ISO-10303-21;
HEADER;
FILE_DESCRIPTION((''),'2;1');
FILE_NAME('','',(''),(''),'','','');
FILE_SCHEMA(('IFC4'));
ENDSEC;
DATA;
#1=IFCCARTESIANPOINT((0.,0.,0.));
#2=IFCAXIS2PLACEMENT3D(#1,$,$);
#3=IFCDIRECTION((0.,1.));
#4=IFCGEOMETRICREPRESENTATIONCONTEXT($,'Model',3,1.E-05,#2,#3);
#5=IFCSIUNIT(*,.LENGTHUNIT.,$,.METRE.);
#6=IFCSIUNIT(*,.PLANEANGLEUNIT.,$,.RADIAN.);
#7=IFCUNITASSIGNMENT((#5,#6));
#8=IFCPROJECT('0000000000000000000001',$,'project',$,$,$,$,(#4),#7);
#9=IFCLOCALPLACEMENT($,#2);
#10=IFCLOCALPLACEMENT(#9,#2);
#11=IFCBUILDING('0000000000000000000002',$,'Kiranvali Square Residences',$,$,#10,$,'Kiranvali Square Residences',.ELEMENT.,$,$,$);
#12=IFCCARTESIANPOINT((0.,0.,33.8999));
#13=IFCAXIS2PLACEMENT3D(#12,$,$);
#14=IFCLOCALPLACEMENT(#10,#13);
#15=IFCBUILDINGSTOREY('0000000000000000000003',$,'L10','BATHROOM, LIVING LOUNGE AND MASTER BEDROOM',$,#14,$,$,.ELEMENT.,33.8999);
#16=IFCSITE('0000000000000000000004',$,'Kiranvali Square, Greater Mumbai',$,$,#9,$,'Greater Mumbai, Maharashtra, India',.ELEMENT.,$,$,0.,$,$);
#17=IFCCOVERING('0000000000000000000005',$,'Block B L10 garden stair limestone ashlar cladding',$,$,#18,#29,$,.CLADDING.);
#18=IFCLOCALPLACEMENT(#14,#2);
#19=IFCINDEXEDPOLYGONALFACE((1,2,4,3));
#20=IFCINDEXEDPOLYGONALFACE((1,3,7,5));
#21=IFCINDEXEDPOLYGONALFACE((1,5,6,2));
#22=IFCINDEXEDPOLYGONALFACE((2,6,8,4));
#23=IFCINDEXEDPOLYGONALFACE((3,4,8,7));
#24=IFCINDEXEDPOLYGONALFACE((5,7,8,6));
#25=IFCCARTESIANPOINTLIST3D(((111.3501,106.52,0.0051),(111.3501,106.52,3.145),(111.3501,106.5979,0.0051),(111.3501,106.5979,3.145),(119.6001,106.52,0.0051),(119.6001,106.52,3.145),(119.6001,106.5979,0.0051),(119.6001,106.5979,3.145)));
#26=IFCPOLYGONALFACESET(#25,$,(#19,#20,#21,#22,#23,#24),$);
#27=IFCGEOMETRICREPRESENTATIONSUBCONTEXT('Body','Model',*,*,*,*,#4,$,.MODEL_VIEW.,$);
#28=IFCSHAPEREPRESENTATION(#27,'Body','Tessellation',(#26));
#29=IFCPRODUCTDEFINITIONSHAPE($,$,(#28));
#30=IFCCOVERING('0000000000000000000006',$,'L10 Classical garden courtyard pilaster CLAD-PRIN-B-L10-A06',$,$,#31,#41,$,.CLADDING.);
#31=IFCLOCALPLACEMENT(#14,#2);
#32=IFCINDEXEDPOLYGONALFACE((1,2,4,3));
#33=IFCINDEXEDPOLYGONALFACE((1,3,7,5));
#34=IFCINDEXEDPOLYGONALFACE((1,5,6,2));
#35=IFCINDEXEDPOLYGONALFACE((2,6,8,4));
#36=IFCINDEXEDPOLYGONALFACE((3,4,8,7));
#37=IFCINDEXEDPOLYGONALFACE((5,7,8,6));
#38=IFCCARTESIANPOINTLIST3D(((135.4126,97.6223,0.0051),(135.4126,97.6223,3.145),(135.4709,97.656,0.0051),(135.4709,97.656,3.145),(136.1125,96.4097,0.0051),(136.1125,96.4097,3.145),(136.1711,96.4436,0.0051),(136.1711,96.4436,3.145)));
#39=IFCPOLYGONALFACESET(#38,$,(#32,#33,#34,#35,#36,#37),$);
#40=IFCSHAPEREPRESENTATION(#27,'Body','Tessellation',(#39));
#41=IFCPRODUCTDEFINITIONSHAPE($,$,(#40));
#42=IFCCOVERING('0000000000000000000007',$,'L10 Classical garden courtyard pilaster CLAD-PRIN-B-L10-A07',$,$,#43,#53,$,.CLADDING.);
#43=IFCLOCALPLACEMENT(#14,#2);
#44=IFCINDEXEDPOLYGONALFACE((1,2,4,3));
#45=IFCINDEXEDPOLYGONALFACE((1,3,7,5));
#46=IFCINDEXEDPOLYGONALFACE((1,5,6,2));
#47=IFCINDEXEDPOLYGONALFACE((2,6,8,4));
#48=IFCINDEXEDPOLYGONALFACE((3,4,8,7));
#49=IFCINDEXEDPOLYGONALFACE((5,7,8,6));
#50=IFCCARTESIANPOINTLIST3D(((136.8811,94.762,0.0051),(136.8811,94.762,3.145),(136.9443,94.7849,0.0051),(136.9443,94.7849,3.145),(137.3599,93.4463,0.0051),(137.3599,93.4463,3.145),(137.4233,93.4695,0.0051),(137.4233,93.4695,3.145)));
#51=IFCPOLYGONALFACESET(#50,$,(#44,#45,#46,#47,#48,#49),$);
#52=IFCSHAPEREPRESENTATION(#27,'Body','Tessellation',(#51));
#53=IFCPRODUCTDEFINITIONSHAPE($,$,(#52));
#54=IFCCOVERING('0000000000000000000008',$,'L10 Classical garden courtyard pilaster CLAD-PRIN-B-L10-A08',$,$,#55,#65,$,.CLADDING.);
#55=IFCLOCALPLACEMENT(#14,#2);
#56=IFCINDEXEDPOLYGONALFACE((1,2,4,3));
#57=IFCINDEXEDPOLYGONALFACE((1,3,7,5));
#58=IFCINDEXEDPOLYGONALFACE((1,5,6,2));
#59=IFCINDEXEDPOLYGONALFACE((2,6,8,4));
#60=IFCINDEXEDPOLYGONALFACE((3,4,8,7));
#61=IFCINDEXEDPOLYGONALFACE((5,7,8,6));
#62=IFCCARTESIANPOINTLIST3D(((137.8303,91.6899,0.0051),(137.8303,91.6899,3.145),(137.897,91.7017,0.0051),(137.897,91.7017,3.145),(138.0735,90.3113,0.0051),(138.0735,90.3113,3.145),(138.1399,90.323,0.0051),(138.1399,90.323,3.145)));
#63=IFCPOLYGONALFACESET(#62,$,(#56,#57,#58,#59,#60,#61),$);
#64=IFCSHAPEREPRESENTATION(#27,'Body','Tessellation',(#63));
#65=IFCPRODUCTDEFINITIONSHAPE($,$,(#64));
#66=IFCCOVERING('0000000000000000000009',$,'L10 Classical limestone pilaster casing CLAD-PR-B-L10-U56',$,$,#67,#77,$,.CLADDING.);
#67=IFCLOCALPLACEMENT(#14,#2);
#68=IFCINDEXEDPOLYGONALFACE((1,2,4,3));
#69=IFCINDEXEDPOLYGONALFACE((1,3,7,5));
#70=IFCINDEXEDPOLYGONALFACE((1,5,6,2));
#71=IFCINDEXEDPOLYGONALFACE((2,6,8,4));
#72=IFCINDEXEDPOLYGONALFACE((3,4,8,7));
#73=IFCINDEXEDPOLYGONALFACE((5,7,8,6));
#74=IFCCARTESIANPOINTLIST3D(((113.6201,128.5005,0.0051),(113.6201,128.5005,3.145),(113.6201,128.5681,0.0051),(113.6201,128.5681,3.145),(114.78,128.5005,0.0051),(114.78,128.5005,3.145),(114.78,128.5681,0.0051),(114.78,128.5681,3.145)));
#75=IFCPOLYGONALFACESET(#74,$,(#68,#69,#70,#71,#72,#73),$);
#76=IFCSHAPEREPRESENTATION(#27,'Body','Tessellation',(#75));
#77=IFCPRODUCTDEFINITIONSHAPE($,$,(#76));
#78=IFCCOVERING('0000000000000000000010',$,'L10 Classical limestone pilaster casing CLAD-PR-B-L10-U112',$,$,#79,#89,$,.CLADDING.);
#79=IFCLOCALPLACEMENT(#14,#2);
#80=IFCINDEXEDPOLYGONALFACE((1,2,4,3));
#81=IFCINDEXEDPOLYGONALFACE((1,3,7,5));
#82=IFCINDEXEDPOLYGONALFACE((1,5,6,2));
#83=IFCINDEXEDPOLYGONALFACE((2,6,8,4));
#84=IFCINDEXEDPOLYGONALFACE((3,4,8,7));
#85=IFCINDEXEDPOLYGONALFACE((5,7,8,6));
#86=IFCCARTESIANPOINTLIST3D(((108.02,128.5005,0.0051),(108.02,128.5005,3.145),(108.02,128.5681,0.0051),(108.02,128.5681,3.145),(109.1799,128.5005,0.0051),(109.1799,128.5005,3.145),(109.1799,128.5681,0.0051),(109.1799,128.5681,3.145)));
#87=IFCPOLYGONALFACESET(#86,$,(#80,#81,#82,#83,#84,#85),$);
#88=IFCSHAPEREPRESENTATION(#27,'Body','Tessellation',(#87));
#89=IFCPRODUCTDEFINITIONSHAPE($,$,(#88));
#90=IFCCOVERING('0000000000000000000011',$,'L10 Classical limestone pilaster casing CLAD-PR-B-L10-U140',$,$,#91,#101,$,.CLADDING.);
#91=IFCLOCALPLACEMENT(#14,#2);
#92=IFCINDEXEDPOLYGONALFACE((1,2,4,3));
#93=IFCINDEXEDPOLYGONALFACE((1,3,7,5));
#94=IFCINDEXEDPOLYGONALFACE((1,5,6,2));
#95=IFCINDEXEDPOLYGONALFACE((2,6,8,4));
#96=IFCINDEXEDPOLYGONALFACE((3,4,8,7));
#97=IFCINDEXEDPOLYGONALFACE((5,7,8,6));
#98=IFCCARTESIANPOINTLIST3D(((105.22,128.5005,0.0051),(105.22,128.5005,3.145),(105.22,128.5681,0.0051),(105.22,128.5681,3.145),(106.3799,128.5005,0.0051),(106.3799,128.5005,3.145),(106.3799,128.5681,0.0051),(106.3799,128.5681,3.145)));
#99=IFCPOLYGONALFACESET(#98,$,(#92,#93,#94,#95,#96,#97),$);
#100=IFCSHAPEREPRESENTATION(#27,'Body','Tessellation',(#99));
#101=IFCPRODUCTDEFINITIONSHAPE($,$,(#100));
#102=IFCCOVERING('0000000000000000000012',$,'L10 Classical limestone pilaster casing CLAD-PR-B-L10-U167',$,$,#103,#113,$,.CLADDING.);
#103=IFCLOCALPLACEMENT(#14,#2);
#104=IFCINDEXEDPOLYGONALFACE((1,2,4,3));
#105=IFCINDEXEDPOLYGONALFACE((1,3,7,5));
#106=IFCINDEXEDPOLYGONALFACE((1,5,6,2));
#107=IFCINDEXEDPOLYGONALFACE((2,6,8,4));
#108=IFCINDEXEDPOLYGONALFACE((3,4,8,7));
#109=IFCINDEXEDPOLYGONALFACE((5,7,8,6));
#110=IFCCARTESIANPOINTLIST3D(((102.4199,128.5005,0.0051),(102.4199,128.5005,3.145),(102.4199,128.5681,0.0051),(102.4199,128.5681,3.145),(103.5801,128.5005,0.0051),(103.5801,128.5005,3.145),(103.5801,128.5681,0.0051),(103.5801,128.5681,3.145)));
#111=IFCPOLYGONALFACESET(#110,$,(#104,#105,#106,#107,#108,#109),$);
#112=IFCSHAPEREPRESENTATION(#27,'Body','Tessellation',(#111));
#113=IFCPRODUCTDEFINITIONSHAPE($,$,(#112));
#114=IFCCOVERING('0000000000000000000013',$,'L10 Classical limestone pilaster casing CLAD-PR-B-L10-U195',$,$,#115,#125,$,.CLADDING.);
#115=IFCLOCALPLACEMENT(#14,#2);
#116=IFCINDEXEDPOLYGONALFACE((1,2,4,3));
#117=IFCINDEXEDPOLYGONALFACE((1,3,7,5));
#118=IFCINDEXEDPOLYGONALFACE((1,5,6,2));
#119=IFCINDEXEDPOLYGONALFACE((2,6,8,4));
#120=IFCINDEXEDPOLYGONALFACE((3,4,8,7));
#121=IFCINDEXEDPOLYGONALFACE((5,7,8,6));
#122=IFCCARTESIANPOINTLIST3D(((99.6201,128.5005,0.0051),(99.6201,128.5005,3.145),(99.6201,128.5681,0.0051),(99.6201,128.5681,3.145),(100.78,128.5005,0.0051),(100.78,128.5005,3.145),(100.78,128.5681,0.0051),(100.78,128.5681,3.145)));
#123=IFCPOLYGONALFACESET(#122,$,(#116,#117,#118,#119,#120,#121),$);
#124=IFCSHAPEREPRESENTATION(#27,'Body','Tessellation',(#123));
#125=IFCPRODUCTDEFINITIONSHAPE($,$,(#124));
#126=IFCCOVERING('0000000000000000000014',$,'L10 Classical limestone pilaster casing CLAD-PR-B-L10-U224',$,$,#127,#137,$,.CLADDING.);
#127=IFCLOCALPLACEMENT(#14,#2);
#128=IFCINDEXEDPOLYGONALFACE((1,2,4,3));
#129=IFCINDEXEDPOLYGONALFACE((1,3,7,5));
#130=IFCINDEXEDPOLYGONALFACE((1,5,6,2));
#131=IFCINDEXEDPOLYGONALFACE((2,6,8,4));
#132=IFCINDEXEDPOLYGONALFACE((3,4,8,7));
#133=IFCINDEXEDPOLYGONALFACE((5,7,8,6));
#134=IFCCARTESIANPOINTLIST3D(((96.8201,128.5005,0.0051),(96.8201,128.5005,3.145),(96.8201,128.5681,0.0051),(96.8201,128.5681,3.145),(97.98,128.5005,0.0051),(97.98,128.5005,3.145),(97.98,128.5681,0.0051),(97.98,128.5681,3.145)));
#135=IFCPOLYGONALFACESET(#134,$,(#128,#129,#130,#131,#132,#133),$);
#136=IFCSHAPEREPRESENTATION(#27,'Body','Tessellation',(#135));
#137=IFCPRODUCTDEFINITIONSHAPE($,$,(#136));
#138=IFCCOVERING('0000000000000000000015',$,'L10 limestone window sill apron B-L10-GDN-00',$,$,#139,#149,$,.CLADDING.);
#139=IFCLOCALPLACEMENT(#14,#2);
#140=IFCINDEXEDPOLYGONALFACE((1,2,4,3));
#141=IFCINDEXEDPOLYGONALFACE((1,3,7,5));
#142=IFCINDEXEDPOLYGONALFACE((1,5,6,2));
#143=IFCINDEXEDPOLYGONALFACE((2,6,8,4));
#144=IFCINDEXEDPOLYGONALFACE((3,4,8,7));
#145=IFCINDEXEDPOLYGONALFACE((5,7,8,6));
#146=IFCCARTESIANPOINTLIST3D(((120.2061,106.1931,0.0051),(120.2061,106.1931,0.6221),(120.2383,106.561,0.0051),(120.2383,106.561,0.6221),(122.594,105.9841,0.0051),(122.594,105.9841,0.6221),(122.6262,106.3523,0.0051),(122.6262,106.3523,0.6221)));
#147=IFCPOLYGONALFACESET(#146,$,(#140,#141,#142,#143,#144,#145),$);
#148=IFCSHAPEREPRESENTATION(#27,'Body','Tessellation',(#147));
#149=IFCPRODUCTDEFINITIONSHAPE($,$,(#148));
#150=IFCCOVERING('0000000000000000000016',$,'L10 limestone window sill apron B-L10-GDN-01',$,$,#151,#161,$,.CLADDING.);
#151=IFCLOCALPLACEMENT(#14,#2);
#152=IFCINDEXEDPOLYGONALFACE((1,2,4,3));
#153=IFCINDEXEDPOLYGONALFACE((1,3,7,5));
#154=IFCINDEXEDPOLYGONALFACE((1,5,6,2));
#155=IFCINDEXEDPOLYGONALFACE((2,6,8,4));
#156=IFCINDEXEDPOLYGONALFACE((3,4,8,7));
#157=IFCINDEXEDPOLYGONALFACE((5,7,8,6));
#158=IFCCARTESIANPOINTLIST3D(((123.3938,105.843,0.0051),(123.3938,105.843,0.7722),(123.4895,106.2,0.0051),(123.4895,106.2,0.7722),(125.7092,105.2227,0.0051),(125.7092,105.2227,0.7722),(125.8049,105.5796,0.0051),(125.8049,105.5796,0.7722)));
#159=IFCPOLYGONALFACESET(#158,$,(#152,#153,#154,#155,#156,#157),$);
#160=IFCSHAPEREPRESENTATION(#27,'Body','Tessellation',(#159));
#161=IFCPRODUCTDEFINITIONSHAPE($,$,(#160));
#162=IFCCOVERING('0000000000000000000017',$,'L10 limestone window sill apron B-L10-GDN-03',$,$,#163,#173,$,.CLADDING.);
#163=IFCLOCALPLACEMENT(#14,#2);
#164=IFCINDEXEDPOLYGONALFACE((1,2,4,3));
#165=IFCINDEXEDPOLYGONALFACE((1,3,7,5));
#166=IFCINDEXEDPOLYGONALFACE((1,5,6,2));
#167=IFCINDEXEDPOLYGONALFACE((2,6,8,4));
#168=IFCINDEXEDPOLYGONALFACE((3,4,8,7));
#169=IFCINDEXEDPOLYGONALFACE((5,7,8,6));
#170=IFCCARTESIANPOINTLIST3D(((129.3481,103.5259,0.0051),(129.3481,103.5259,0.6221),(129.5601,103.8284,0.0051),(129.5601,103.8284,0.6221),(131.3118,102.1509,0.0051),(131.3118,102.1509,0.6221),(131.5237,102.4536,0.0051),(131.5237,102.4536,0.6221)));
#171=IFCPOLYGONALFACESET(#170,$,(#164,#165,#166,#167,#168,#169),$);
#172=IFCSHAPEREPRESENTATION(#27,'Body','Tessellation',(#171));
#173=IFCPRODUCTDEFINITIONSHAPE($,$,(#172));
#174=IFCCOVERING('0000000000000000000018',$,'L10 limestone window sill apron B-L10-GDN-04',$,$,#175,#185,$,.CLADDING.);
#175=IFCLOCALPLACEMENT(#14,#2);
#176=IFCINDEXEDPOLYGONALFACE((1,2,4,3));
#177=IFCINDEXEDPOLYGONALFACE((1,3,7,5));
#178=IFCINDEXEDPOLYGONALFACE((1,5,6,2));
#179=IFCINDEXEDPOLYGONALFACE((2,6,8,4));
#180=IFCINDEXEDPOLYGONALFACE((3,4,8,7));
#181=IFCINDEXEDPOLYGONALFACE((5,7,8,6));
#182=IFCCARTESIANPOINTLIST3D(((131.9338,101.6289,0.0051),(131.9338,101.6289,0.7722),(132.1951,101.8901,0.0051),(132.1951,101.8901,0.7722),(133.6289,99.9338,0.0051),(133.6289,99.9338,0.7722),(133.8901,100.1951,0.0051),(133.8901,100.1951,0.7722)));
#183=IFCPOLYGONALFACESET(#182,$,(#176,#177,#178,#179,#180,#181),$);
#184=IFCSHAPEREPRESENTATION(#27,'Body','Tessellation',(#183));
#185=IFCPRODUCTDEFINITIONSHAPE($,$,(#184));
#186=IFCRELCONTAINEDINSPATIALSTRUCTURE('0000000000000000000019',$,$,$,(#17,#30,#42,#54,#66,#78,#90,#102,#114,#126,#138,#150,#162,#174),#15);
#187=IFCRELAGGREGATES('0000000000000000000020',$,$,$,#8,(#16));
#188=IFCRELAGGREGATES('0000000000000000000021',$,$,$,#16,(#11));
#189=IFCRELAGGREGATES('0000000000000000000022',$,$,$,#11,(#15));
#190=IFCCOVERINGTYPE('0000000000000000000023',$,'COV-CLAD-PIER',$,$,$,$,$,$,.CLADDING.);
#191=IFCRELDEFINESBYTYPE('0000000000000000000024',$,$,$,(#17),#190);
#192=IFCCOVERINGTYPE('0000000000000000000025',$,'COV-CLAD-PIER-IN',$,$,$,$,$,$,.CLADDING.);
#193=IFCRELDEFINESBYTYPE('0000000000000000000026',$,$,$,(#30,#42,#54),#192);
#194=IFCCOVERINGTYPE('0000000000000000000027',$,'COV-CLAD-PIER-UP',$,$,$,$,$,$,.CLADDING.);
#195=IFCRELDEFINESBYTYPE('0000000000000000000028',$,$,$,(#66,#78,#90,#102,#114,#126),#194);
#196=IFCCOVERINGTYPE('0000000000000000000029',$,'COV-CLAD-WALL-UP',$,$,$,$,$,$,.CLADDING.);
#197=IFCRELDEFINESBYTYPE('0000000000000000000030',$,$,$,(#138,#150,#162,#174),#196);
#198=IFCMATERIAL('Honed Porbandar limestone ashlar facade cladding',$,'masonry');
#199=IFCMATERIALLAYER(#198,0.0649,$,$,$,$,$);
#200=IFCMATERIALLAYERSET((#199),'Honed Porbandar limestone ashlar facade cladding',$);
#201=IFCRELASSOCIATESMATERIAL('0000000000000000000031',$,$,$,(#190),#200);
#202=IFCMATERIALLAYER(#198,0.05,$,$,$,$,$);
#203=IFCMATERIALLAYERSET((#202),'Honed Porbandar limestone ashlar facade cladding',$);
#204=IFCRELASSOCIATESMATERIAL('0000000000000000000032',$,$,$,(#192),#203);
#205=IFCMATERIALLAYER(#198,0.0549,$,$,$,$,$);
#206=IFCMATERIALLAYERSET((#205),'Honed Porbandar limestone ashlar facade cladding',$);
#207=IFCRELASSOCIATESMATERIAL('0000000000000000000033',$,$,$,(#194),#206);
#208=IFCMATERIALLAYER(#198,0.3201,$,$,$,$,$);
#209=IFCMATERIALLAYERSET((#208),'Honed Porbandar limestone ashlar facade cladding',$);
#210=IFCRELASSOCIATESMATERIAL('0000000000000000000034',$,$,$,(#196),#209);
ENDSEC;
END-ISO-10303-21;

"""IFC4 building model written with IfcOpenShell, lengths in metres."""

from ifc_helpers import new_model, si_unit, direction, frame, origin, place, context, subcontext, project, spatial, polyline, outline, extrude, material, layer, layer_set, type_object, element, save


model = new_model("IFC4")

# Units and contexts
model_context = context("Model", 3, precision=1e-05, world=origin(), true_north=direction((0.0, 1.0)))
body_context = subcontext(model_context, "Body", "Model", "MODEL_VIEW")
ifc_project = project(units=[si_unit("LENGTHUNIT", "METRE"), si_unit("PLANEANGLEUNIT", "RADIAN")], contexts=[model_context])

# Site, building, storey
site_placement = place(None, origin())
site = spatial("IfcSite", under=ifc_project, at=site_placement, Name="Kiranvali Square, Greater Mumbai", LongName="Greater Mumbai, Maharashtra, India", CompositionType="ELEMENT", RefElevation=0.0)
building_placement = place(site_placement, origin())
building = spatial("IfcBuilding", under=site, at=building_placement, Name="Kiranvali Square Residences", LongName="Kiranvali Square Residences", CompositionType="ELEMENT")
storey_placement = place(building_placement, frame((0.0, 0.0, 33.8999)))
storey = spatial("IfcBuildingStorey", under=building, at=storey_placement, Name="L10", Description="BATHROOM, LIVING LOUNGE AND MASTER BEDROOM", CompositionType="ELEMENT", Elevation=33.8999)

# Coverings
ifc_material = material(Name="Honed Porbandar limestone ashlar facade cladding", Category="masonry")
ifc_layer_1 = layer(ifc_material, 0.0649)
ifc_layer_set_1 = layer_set([ifc_layer_1], Name="Honed Porbandar limestone ashlar facade cladding")
covering_type_1 = type_object("IfcCoveringType", Name="COV-CLAD-PIER", PredefinedType="CLADDING", material=ifc_layer_set_1)
covering_1_placement = place(storey_placement, frame((0.0, 0.0, 0.0051)))
element("IfcCovering", 1, at=covering_1_placement, inside=storey, type_object=covering_type_1, Name="Block B L10 garden stair limestone ashlar cladding", PredefinedType="CLADDING", context=body_context, shape_type="SweptSolid", body=[
    extrude(outline(polyline([(119.6001, 106.5979), (111.3501, 106.5979), (111.3501, 106.52), (119.6001, 106.52), (119.6001, 106.5979)])), origin(), (0.0, 0.0, 1.0), 3.1399),
])
ifc_layer_2 = layer(ifc_material, 0.05)
ifc_layer_set_2 = layer_set([ifc_layer_2], Name="Honed Porbandar limestone ashlar facade cladding")
covering_type_2 = type_object("IfcCoveringType", Name="COV-CLAD-PIER-IN", PredefinedType="CLADDING", material=ifc_layer_set_2)
covering_2_placement = place(storey_placement, frame((0.0, 0.0, 0.0051)))
element("IfcCovering", 2, at=covering_2_placement, inside=storey, type_object=covering_type_2, Name="L10 Classical garden courtyard pilaster CLAD-PRIN-B-L10-A06", PredefinedType="CLADDING", context=body_context, shape_type="SweptSolid", body=[
    extrude(outline(polyline([(135.4126, 97.6223), (136.1125, 96.4097), (136.1711, 96.4436), (135.4709, 97.656), (135.4126, 97.6223)])), origin(), (0.0, 0.0, 1.0), 3.1399),
])
covering_3_placement = place(storey_placement, frame((0.0, 0.0, 0.0051)))
element("IfcCovering", 3, at=covering_3_placement, inside=storey, type_object=covering_type_2, Name="L10 Classical garden courtyard pilaster CLAD-PRIN-B-L10-A07", PredefinedType="CLADDING", context=body_context, shape_type="SweptSolid", body=[
    extrude(outline(polyline([(136.8811, 94.762), (137.3599, 93.4463), (137.4233, 93.4695), (136.9443, 94.7849), (136.8811, 94.762)])), origin(), (0.0, 0.0, 1.0), 3.1399),
])
covering_4_placement = place(storey_placement, frame((0.0, 0.0, 0.0051)))
element("IfcCovering", 4, at=covering_4_placement, inside=storey, type_object=covering_type_2, Name="L10 Classical garden courtyard pilaster CLAD-PRIN-B-L10-A08", PredefinedType="CLADDING", context=body_context, shape_type="SweptSolid", body=[
    extrude(outline(polyline([(137.8303, 91.6899), (138.0735, 90.3113), (138.1399, 90.323), (137.897, 91.7017), (137.8303, 91.6899)])), origin(), (0.0, 0.0, 1.0), 3.1399),
])
ifc_layer_3 = layer(ifc_material, 0.0549)
ifc_layer_set_3 = layer_set([ifc_layer_3], Name="Honed Porbandar limestone ashlar facade cladding")
covering_type_3 = type_object("IfcCoveringType", Name="COV-CLAD-PIER-UP", PredefinedType="CLADDING", material=ifc_layer_set_3)
covering_5_placement = place(storey_placement, frame((0.0, 0.0, 0.0051)))
element("IfcCovering", 5, at=covering_5_placement, inside=storey, type_object=covering_type_3, Name="L10 Classical limestone pilaster casing CLAD-PR-B-L10-U56", PredefinedType="CLADDING", context=body_context, shape_type="SweptSolid", body=[
    extrude(outline(polyline([(114.78, 128.5681), (113.6201, 128.5681), (113.6201, 128.5005), (114.78, 128.5005), (114.78, 128.5681)])), origin(), (0.0, 0.0, 1.0), 3.1399),
])
covering_6_placement = place(storey_placement, frame((0.0, 0.0, 0.0051)))
element("IfcCovering", 6, at=covering_6_placement, inside=storey, type_object=covering_type_3, Name="L10 Classical limestone pilaster casing CLAD-PR-B-L10-U112", PredefinedType="CLADDING", context=body_context, shape_type="SweptSolid", body=[
    extrude(outline(polyline([(109.1799, 128.5681), (108.02, 128.5681), (108.02, 128.5005), (109.1799, 128.5005), (109.1799, 128.5681)])), origin(), (0.0, 0.0, 1.0), 3.1399),
])
covering_7_placement = place(storey_placement, frame((0.0, 0.0, 0.0051)))
element("IfcCovering", 7, at=covering_7_placement, inside=storey, type_object=covering_type_3, Name="L10 Classical limestone pilaster casing CLAD-PR-B-L10-U140", PredefinedType="CLADDING", context=body_context, shape_type="SweptSolid", body=[
    extrude(outline(polyline([(106.3799, 128.5681), (105.22, 128.5681), (105.22, 128.5005), (106.3799, 128.5005), (106.3799, 128.5681)])), origin(), (0.0, 0.0, 1.0), 3.1399),
])
covering_8_placement = place(storey_placement, frame((0.0, 0.0, 0.0051)))
element("IfcCovering", 8, at=covering_8_placement, inside=storey, type_object=covering_type_3, Name="L10 Classical limestone pilaster casing CLAD-PR-B-L10-U167", PredefinedType="CLADDING", context=body_context, shape_type="SweptSolid", body=[
    extrude(outline(polyline([(103.5801, 128.5681), (102.4199, 128.5681), (102.4199, 128.5005), (103.5801, 128.5005), (103.5801, 128.5681)])), origin(), (0.0, 0.0, 1.0), 3.1399),
])
covering_9_placement = place(storey_placement, frame((0.0, 0.0, 0.0051)))
element("IfcCovering", 9, at=covering_9_placement, inside=storey, type_object=covering_type_3, Name="L10 Classical limestone pilaster casing CLAD-PR-B-L10-U195", PredefinedType="CLADDING", context=body_context, shape_type="SweptSolid", body=[
    extrude(outline(polyline([(100.78, 128.5681), (99.6201, 128.5681), (99.6201, 128.5005), (100.78, 128.5005), (100.78, 128.5681)])), origin(), (0.0, 0.0, 1.0), 3.1399),
])
covering_10_placement = place(storey_placement, frame((0.0, 0.0, 0.0051)))
element("IfcCovering", 10, at=covering_10_placement, inside=storey, type_object=covering_type_3, Name="L10 Classical limestone pilaster casing CLAD-PR-B-L10-U224", PredefinedType="CLADDING", context=body_context, shape_type="SweptSolid", body=[
    extrude(outline(polyline([(97.98, 128.5681), (96.8201, 128.5681), (96.8201, 128.5005), (97.98, 128.5005), (97.98, 128.5681)])), origin(), (0.0, 0.0, 1.0), 3.1399),
])
ifc_layer_4 = layer(ifc_material, 0.3201)
ifc_layer_set_4 = layer_set([ifc_layer_4], Name="Honed Porbandar limestone ashlar facade cladding")
covering_type_4 = type_object("IfcCoveringType", Name="COV-CLAD-WALL-UP", PredefinedType="CLADDING", material=ifc_layer_set_4)
covering_11_placement = place(storey_placement, frame((0.0, 0.0, 0.0051)))
element("IfcCovering", 11, at=covering_11_placement, inside=storey, type_object=covering_type_4, Name="L10 limestone window sill apron B-L10-GDN-00", PredefinedType="CLADDING", context=body_context, shape_type="SweptSolid", body=[
    extrude(outline(polyline([(120.2061, 106.1931), (122.594, 105.9841), (122.6262, 106.3523), (120.2383, 106.561), (120.2061, 106.1931)])), origin(), (0.0, 0.0, 1.0), 0.6169),
])
covering_12_placement = place(storey_placement, frame((0.0, 0.0, 0.0051)))
element("IfcCovering", 12, at=covering_12_placement, inside=storey, type_object=covering_type_4, Name="L10 limestone window sill apron B-L10-GDN-01", PredefinedType="CLADDING", context=body_context, shape_type="SweptSolid", body=[
    extrude(outline(polyline([(123.3938, 105.843), (125.7092, 105.2227), (125.8049, 105.5796), (123.4895, 106.2), (123.3938, 105.843)])), origin(), (0.0, 0.0, 1.0), 0.7671),
])
covering_13_placement = place(storey_placement, frame((0.0, 0.0, 0.0051)))
element("IfcCovering", 13, at=covering_13_placement, inside=storey, type_object=covering_type_4, Name="L10 limestone window sill apron B-L10-GDN-03", PredefinedType="CLADDING", context=body_context, shape_type="SweptSolid", body=[
    extrude(outline(polyline([(129.3481, 103.5259), (131.3118, 102.1509), (131.5237, 102.4536), (129.5601, 103.8284), (129.3481, 103.5259)])), origin(), (0.0, 0.0, 1.0), 0.6169),
])
covering_14_placement = place(storey_placement, frame((0.0, 0.0, 0.0051)))
element("IfcCovering", 14, at=covering_14_placement, inside=storey, type_object=covering_type_4, Name="L10 limestone window sill apron B-L10-GDN-04", PredefinedType="CLADDING", context=body_context, shape_type="SweptSolid", body=[
    extrude(outline(polyline([(131.9338, 101.6289), (133.6289, 99.9338), (133.8901, 100.1951), (132.1951, 101.8901), (131.9338, 101.6289)])), origin(), (0.0, 0.0, 1.0), 0.7671),
])

save(model, "model.ifc")
